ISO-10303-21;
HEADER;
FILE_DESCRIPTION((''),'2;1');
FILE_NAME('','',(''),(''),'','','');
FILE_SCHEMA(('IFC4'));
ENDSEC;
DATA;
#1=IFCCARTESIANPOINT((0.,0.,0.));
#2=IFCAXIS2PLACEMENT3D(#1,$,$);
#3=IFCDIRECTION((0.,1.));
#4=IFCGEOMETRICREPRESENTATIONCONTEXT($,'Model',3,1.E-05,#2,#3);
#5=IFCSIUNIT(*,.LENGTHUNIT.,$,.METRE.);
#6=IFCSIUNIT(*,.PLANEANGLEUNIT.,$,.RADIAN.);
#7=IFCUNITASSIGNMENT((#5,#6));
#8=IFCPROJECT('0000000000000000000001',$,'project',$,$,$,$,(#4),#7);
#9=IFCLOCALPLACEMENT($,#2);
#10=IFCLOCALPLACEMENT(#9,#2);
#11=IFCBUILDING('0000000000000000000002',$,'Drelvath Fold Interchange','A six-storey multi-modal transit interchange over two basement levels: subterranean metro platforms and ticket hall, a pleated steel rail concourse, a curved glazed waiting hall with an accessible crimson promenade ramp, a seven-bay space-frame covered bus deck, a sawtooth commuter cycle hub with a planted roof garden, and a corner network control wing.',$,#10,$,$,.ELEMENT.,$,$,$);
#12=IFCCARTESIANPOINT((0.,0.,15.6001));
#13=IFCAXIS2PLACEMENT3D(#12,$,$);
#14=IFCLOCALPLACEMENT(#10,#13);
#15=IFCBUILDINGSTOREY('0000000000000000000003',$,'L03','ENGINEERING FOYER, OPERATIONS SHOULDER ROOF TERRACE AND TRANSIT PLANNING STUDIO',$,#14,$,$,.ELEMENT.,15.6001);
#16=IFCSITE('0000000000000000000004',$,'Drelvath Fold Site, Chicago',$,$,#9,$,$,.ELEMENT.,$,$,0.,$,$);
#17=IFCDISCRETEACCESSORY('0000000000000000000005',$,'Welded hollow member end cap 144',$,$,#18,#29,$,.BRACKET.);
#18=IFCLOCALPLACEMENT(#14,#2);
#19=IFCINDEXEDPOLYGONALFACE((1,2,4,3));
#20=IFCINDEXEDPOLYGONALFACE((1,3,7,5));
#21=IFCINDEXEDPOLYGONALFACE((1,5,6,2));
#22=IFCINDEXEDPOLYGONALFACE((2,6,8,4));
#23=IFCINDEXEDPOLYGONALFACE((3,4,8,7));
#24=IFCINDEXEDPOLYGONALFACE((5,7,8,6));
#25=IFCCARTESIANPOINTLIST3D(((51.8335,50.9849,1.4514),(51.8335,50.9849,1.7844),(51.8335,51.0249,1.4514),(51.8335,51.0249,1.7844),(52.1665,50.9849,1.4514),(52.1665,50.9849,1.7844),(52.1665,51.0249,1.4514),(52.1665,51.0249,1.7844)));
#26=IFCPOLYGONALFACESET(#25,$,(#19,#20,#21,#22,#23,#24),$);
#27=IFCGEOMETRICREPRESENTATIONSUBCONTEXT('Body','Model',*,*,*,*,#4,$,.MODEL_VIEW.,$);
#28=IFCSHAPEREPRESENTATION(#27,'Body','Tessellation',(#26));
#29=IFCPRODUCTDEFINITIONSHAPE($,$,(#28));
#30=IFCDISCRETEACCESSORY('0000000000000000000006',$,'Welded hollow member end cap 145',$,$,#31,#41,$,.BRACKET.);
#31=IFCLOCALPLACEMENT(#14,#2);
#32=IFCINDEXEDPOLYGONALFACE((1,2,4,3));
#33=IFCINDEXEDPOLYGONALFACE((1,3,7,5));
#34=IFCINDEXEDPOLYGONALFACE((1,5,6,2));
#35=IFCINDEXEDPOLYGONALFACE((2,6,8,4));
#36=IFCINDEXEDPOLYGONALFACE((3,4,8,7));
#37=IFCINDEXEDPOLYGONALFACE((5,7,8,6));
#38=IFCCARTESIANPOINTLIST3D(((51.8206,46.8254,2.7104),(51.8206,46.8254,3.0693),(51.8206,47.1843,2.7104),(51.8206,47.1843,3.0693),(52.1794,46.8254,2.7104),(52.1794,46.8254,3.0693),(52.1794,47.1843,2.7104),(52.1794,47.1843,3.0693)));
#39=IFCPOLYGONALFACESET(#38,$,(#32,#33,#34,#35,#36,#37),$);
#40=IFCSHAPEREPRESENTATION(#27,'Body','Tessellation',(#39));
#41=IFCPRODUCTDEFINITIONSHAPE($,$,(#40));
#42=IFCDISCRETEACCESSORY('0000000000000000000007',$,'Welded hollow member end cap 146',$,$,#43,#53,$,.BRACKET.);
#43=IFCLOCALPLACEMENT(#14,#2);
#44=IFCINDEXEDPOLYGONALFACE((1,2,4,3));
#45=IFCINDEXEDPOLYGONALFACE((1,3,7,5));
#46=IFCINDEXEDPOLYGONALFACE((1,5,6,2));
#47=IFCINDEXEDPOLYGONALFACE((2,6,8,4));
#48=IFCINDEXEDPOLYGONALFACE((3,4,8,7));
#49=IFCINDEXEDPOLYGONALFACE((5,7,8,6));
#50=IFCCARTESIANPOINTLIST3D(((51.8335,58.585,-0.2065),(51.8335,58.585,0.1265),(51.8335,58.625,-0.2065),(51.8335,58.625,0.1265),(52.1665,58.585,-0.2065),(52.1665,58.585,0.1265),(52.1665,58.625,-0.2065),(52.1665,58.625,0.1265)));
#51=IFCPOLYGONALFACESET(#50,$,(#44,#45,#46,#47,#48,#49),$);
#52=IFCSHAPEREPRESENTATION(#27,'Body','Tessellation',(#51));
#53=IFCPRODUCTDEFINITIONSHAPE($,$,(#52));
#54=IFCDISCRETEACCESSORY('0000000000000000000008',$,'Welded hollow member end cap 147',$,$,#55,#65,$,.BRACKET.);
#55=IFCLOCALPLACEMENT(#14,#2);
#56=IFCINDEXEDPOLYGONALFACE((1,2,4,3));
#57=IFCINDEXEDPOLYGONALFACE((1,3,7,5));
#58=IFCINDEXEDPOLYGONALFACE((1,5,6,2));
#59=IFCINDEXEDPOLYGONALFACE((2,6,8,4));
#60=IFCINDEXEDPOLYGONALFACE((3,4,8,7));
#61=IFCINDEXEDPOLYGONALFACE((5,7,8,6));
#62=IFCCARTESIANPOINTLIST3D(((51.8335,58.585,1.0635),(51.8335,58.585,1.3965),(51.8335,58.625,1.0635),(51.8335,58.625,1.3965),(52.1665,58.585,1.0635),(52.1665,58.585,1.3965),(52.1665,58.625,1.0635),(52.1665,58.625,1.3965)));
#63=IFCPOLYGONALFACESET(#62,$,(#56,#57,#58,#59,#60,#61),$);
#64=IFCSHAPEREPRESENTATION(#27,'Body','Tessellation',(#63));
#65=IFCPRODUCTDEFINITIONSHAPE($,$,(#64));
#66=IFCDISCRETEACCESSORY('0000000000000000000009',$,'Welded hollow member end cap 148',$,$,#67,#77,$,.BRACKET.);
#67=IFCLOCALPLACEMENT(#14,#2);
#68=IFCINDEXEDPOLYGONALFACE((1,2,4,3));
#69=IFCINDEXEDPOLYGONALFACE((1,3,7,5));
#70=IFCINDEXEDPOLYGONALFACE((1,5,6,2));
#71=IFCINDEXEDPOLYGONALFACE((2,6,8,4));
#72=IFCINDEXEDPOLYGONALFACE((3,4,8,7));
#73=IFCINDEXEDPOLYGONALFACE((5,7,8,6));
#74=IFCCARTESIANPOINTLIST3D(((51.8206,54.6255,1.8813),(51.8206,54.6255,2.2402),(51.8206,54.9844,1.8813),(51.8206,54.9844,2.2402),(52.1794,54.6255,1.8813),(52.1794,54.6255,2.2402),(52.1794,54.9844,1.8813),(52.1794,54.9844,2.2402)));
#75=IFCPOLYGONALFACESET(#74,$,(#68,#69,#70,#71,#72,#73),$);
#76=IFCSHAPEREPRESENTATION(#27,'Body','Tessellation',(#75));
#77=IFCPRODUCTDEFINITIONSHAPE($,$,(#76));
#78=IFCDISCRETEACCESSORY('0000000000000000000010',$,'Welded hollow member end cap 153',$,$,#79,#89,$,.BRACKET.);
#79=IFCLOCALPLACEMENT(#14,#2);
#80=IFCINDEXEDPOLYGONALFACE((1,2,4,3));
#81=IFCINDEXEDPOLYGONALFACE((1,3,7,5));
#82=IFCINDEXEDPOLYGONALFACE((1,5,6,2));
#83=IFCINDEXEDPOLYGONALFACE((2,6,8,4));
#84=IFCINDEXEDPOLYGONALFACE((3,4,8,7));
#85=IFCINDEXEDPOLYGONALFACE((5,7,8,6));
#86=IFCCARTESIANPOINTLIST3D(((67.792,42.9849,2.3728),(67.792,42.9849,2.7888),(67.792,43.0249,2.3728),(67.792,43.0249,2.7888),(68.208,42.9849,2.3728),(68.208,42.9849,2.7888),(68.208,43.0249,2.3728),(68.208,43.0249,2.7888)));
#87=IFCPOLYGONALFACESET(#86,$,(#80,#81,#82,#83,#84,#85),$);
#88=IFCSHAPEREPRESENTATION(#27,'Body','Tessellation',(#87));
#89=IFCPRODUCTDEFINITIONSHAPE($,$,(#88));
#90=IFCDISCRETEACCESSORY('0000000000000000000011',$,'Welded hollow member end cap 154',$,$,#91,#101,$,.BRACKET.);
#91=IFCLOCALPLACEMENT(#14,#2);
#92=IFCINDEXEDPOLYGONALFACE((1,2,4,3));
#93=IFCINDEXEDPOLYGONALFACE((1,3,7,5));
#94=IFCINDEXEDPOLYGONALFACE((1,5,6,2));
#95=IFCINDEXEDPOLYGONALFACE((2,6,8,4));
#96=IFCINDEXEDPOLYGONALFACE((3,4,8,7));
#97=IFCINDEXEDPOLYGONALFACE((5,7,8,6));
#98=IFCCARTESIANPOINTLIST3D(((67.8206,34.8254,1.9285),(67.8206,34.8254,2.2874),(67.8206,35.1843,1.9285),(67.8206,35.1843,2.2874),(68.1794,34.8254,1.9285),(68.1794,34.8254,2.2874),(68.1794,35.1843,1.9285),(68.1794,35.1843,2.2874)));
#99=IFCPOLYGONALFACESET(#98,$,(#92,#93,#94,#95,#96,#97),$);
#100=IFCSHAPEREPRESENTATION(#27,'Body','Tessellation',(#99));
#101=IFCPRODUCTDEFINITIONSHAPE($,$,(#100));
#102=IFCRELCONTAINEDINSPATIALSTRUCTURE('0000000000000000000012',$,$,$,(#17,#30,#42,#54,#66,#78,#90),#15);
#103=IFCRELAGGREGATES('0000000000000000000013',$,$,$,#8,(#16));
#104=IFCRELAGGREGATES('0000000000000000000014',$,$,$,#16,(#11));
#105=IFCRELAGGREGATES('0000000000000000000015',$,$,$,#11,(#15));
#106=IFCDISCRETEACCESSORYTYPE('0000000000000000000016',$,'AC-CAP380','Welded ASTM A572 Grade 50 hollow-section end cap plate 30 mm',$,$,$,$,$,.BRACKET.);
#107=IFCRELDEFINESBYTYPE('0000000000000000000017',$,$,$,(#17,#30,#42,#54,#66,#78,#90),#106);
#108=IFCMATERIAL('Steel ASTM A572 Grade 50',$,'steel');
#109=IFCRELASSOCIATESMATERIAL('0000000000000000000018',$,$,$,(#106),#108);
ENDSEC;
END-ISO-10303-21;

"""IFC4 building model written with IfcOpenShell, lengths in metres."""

from ifc_helpers import new_model, si_unit, direction, frame, origin, origin_2d, place, context, subcontext, project, spatial, rectangle, extrude, material, type_object, element, save


model = new_model("IFC4")

# Units and contexts
model_context = context("Model", 3, precision=1e-05, world=origin(), true_north=direction((0.0, 1.0)))
body_context = subcontext(model_context, "Body", "Model", "MODEL_VIEW")
ifc_project = project(units=[si_unit("LENGTHUNIT", "METRE"), si_unit("PLANEANGLEUNIT", "RADIAN")], contexts=[model_context])

# Site, building, storey
site_placement = place(None, origin())
site = spatial("IfcSite", under=ifc_project, at=site_placement, Name="Drelvath Fold Site, Chicago", CompositionType="ELEMENT", RefElevation=0.0)
building_placement = place(site_placement, origin())
building = spatial("IfcBuilding", under=site, at=building_placement, Name="Drelvath Fold Interchange", Description="A six-storey multi-modal transit interchange over two basement levels: subterranean metro platforms and ticket hall, a pleated steel rail concourse, a curved glazed waiting hall with an accessible crimson promenade ramp, a seven-bay space-frame covered bus deck, a sawtooth commuter cycle hub with a planted roof garden, and a corner network control wing.", CompositionType="ELEMENT")
storey_placement = place(building_placement, frame((0.0, 0.0, 15.6001)))
storey = spatial("IfcBuildingStorey", under=building, at=storey_placement, Name="L03", Description="ENGINEERING FOYER, OPERATIONS SHOULDER ROOF TERRACE AND TRANSIT PLANNING STUDIO", CompositionType="ELEMENT", Elevation=15.6001)

# Shared definitions
ifc_material_1 = material(Name="Steel ASTM A572 Grade 50", Category="steel")

# Discrete accessories
discrete_accessory_type = type_object("IfcDiscreteAccessoryType", Name="AC-CAP380", Description="Welded ASTM A572 Grade 50 hollow-section end cap plate 30 mm", PredefinedType="BRACKET", material=ifc_material_1)
for number, where, z_axis, x_axis, name in (
    (1, (52.0, 51.0049, 1.4514), (0.0, 0.0, 1.0), (1.0, 0.0, 0.0), "Welded hollow member end cap 144"),
):
    element("IfcDiscreteAccessory", number, at=place(storey_placement, frame(where, z_axis=z_axis, x_axis=x_axis)), inside=storey, type_object=discrete_accessory_type, Name=name, PredefinedType="BRACKET", context=body_context, shape_type="SweptSolid", body=[
        extrude(rectangle(XDim=0.333, YDim=0.04, at=origin_2d()), origin(), (0.0, 0.0, 1.0), 0.333),
    ])
discrete_accessory_1_placement = place(storey_placement, frame((52.0, 47.0049, 2.7104), z_axis=(0.0, 0.0, 1.0), x_axis=(1.0, 0.0, 0.0)))
element("IfcDiscreteAccessory", 2, at=discrete_accessory_1_placement, inside=storey, type_object=discrete_accessory_type, Name="Welded hollow member end cap 145", PredefinedType="BRACKET", context=body_context, shape_type="SweptSolid", body=[
    extrude(rectangle(XDim=0.3589, YDim=0.3589, at=origin_2d()), origin(), (0.0, 0.0, 1.0), 0.3589),
])
for number, where, z_axis, x_axis, name in (
    (3, (52.0, 58.605, -0.2065), (0.0, 0.0, 1.0), (1.0, 0.0, 0.0), "Welded hollow member end cap 146"),
    (4, (52.0, 58.605, 1.0635), (0.0, 0.0, 1.0), (1.0, 0.0, 0.0), "Welded hollow member end cap 147"),
):
    element("IfcDiscreteAccessory", number, at=place(storey_placement, frame(where, z_axis=z_axis, x_axis=x_axis)), inside=storey, type_object=discrete_accessory_type, Name=name, PredefinedType="BRACKET", context=body_context, shape_type="SweptSolid", body=[
        extrude(rectangle(XDim=0.333, YDim=0.04, at=origin_2d()), origin(), (0.0, 0.0, 1.0), 0.333),
    ])
discrete_accessory_2_placement = place(storey_placement, frame((52.0, 54.8049, 1.8813), z_axis=(0.0, 0.0, 1.0), x_axis=(1.0, 0.0, 0.0)))
element("IfcDiscreteAccessory", 5, at=discrete_accessory_2_placement, inside=storey, type_object=discrete_accessory_type, Name="Welded hollow member end cap 148", PredefinedType="BRACKET", context=body_context, shape_type="SweptSolid", body=[
    extrude(rectangle(XDim=0.3589, YDim=0.3589, at=origin_2d()), origin(), (0.0, 0.0, 1.0), 0.3589),
])
discrete_accessory_3_placement = place(storey_placement, frame((68.0, 43.0049, 2.3728), z_axis=(0.0, 0.0, 1.0), x_axis=(1.0, 0.0, 0.0)))
element("IfcDiscreteAccessory", 6, at=discrete_accessory_3_placement, inside=storey, type_object=discrete_accessory_type, Name="Welded hollow member end cap 153", PredefinedType="BRACKET", context=body_context, shape_type="SweptSolid", body=[
    extrude(rectangle(XDim=0.416, YDim=0.04, at=origin_2d()), origin(), (0.0, 0.0, 1.0), 0.416),
])
discrete_accessory_4_placement = place(storey_placement, frame((68.0, 35.0049, 1.9285), z_axis=(0.0, 0.0, 1.0), x_axis=(1.0, 0.0, 0.0)))
element("IfcDiscreteAccessory", 7, at=discrete_accessory_4_placement, inside=storey, type_object=discrete_accessory_type, Name="Welded hollow member end cap 154", PredefinedType="BRACKET", context=body_context, shape_type="SweptSolid", body=[
    extrude(rectangle(XDim=0.3589, YDim=0.3589, at=origin_2d()), origin(), (0.0, 0.0, 1.0), 0.3589),
])

save(model, "model.ifc")
